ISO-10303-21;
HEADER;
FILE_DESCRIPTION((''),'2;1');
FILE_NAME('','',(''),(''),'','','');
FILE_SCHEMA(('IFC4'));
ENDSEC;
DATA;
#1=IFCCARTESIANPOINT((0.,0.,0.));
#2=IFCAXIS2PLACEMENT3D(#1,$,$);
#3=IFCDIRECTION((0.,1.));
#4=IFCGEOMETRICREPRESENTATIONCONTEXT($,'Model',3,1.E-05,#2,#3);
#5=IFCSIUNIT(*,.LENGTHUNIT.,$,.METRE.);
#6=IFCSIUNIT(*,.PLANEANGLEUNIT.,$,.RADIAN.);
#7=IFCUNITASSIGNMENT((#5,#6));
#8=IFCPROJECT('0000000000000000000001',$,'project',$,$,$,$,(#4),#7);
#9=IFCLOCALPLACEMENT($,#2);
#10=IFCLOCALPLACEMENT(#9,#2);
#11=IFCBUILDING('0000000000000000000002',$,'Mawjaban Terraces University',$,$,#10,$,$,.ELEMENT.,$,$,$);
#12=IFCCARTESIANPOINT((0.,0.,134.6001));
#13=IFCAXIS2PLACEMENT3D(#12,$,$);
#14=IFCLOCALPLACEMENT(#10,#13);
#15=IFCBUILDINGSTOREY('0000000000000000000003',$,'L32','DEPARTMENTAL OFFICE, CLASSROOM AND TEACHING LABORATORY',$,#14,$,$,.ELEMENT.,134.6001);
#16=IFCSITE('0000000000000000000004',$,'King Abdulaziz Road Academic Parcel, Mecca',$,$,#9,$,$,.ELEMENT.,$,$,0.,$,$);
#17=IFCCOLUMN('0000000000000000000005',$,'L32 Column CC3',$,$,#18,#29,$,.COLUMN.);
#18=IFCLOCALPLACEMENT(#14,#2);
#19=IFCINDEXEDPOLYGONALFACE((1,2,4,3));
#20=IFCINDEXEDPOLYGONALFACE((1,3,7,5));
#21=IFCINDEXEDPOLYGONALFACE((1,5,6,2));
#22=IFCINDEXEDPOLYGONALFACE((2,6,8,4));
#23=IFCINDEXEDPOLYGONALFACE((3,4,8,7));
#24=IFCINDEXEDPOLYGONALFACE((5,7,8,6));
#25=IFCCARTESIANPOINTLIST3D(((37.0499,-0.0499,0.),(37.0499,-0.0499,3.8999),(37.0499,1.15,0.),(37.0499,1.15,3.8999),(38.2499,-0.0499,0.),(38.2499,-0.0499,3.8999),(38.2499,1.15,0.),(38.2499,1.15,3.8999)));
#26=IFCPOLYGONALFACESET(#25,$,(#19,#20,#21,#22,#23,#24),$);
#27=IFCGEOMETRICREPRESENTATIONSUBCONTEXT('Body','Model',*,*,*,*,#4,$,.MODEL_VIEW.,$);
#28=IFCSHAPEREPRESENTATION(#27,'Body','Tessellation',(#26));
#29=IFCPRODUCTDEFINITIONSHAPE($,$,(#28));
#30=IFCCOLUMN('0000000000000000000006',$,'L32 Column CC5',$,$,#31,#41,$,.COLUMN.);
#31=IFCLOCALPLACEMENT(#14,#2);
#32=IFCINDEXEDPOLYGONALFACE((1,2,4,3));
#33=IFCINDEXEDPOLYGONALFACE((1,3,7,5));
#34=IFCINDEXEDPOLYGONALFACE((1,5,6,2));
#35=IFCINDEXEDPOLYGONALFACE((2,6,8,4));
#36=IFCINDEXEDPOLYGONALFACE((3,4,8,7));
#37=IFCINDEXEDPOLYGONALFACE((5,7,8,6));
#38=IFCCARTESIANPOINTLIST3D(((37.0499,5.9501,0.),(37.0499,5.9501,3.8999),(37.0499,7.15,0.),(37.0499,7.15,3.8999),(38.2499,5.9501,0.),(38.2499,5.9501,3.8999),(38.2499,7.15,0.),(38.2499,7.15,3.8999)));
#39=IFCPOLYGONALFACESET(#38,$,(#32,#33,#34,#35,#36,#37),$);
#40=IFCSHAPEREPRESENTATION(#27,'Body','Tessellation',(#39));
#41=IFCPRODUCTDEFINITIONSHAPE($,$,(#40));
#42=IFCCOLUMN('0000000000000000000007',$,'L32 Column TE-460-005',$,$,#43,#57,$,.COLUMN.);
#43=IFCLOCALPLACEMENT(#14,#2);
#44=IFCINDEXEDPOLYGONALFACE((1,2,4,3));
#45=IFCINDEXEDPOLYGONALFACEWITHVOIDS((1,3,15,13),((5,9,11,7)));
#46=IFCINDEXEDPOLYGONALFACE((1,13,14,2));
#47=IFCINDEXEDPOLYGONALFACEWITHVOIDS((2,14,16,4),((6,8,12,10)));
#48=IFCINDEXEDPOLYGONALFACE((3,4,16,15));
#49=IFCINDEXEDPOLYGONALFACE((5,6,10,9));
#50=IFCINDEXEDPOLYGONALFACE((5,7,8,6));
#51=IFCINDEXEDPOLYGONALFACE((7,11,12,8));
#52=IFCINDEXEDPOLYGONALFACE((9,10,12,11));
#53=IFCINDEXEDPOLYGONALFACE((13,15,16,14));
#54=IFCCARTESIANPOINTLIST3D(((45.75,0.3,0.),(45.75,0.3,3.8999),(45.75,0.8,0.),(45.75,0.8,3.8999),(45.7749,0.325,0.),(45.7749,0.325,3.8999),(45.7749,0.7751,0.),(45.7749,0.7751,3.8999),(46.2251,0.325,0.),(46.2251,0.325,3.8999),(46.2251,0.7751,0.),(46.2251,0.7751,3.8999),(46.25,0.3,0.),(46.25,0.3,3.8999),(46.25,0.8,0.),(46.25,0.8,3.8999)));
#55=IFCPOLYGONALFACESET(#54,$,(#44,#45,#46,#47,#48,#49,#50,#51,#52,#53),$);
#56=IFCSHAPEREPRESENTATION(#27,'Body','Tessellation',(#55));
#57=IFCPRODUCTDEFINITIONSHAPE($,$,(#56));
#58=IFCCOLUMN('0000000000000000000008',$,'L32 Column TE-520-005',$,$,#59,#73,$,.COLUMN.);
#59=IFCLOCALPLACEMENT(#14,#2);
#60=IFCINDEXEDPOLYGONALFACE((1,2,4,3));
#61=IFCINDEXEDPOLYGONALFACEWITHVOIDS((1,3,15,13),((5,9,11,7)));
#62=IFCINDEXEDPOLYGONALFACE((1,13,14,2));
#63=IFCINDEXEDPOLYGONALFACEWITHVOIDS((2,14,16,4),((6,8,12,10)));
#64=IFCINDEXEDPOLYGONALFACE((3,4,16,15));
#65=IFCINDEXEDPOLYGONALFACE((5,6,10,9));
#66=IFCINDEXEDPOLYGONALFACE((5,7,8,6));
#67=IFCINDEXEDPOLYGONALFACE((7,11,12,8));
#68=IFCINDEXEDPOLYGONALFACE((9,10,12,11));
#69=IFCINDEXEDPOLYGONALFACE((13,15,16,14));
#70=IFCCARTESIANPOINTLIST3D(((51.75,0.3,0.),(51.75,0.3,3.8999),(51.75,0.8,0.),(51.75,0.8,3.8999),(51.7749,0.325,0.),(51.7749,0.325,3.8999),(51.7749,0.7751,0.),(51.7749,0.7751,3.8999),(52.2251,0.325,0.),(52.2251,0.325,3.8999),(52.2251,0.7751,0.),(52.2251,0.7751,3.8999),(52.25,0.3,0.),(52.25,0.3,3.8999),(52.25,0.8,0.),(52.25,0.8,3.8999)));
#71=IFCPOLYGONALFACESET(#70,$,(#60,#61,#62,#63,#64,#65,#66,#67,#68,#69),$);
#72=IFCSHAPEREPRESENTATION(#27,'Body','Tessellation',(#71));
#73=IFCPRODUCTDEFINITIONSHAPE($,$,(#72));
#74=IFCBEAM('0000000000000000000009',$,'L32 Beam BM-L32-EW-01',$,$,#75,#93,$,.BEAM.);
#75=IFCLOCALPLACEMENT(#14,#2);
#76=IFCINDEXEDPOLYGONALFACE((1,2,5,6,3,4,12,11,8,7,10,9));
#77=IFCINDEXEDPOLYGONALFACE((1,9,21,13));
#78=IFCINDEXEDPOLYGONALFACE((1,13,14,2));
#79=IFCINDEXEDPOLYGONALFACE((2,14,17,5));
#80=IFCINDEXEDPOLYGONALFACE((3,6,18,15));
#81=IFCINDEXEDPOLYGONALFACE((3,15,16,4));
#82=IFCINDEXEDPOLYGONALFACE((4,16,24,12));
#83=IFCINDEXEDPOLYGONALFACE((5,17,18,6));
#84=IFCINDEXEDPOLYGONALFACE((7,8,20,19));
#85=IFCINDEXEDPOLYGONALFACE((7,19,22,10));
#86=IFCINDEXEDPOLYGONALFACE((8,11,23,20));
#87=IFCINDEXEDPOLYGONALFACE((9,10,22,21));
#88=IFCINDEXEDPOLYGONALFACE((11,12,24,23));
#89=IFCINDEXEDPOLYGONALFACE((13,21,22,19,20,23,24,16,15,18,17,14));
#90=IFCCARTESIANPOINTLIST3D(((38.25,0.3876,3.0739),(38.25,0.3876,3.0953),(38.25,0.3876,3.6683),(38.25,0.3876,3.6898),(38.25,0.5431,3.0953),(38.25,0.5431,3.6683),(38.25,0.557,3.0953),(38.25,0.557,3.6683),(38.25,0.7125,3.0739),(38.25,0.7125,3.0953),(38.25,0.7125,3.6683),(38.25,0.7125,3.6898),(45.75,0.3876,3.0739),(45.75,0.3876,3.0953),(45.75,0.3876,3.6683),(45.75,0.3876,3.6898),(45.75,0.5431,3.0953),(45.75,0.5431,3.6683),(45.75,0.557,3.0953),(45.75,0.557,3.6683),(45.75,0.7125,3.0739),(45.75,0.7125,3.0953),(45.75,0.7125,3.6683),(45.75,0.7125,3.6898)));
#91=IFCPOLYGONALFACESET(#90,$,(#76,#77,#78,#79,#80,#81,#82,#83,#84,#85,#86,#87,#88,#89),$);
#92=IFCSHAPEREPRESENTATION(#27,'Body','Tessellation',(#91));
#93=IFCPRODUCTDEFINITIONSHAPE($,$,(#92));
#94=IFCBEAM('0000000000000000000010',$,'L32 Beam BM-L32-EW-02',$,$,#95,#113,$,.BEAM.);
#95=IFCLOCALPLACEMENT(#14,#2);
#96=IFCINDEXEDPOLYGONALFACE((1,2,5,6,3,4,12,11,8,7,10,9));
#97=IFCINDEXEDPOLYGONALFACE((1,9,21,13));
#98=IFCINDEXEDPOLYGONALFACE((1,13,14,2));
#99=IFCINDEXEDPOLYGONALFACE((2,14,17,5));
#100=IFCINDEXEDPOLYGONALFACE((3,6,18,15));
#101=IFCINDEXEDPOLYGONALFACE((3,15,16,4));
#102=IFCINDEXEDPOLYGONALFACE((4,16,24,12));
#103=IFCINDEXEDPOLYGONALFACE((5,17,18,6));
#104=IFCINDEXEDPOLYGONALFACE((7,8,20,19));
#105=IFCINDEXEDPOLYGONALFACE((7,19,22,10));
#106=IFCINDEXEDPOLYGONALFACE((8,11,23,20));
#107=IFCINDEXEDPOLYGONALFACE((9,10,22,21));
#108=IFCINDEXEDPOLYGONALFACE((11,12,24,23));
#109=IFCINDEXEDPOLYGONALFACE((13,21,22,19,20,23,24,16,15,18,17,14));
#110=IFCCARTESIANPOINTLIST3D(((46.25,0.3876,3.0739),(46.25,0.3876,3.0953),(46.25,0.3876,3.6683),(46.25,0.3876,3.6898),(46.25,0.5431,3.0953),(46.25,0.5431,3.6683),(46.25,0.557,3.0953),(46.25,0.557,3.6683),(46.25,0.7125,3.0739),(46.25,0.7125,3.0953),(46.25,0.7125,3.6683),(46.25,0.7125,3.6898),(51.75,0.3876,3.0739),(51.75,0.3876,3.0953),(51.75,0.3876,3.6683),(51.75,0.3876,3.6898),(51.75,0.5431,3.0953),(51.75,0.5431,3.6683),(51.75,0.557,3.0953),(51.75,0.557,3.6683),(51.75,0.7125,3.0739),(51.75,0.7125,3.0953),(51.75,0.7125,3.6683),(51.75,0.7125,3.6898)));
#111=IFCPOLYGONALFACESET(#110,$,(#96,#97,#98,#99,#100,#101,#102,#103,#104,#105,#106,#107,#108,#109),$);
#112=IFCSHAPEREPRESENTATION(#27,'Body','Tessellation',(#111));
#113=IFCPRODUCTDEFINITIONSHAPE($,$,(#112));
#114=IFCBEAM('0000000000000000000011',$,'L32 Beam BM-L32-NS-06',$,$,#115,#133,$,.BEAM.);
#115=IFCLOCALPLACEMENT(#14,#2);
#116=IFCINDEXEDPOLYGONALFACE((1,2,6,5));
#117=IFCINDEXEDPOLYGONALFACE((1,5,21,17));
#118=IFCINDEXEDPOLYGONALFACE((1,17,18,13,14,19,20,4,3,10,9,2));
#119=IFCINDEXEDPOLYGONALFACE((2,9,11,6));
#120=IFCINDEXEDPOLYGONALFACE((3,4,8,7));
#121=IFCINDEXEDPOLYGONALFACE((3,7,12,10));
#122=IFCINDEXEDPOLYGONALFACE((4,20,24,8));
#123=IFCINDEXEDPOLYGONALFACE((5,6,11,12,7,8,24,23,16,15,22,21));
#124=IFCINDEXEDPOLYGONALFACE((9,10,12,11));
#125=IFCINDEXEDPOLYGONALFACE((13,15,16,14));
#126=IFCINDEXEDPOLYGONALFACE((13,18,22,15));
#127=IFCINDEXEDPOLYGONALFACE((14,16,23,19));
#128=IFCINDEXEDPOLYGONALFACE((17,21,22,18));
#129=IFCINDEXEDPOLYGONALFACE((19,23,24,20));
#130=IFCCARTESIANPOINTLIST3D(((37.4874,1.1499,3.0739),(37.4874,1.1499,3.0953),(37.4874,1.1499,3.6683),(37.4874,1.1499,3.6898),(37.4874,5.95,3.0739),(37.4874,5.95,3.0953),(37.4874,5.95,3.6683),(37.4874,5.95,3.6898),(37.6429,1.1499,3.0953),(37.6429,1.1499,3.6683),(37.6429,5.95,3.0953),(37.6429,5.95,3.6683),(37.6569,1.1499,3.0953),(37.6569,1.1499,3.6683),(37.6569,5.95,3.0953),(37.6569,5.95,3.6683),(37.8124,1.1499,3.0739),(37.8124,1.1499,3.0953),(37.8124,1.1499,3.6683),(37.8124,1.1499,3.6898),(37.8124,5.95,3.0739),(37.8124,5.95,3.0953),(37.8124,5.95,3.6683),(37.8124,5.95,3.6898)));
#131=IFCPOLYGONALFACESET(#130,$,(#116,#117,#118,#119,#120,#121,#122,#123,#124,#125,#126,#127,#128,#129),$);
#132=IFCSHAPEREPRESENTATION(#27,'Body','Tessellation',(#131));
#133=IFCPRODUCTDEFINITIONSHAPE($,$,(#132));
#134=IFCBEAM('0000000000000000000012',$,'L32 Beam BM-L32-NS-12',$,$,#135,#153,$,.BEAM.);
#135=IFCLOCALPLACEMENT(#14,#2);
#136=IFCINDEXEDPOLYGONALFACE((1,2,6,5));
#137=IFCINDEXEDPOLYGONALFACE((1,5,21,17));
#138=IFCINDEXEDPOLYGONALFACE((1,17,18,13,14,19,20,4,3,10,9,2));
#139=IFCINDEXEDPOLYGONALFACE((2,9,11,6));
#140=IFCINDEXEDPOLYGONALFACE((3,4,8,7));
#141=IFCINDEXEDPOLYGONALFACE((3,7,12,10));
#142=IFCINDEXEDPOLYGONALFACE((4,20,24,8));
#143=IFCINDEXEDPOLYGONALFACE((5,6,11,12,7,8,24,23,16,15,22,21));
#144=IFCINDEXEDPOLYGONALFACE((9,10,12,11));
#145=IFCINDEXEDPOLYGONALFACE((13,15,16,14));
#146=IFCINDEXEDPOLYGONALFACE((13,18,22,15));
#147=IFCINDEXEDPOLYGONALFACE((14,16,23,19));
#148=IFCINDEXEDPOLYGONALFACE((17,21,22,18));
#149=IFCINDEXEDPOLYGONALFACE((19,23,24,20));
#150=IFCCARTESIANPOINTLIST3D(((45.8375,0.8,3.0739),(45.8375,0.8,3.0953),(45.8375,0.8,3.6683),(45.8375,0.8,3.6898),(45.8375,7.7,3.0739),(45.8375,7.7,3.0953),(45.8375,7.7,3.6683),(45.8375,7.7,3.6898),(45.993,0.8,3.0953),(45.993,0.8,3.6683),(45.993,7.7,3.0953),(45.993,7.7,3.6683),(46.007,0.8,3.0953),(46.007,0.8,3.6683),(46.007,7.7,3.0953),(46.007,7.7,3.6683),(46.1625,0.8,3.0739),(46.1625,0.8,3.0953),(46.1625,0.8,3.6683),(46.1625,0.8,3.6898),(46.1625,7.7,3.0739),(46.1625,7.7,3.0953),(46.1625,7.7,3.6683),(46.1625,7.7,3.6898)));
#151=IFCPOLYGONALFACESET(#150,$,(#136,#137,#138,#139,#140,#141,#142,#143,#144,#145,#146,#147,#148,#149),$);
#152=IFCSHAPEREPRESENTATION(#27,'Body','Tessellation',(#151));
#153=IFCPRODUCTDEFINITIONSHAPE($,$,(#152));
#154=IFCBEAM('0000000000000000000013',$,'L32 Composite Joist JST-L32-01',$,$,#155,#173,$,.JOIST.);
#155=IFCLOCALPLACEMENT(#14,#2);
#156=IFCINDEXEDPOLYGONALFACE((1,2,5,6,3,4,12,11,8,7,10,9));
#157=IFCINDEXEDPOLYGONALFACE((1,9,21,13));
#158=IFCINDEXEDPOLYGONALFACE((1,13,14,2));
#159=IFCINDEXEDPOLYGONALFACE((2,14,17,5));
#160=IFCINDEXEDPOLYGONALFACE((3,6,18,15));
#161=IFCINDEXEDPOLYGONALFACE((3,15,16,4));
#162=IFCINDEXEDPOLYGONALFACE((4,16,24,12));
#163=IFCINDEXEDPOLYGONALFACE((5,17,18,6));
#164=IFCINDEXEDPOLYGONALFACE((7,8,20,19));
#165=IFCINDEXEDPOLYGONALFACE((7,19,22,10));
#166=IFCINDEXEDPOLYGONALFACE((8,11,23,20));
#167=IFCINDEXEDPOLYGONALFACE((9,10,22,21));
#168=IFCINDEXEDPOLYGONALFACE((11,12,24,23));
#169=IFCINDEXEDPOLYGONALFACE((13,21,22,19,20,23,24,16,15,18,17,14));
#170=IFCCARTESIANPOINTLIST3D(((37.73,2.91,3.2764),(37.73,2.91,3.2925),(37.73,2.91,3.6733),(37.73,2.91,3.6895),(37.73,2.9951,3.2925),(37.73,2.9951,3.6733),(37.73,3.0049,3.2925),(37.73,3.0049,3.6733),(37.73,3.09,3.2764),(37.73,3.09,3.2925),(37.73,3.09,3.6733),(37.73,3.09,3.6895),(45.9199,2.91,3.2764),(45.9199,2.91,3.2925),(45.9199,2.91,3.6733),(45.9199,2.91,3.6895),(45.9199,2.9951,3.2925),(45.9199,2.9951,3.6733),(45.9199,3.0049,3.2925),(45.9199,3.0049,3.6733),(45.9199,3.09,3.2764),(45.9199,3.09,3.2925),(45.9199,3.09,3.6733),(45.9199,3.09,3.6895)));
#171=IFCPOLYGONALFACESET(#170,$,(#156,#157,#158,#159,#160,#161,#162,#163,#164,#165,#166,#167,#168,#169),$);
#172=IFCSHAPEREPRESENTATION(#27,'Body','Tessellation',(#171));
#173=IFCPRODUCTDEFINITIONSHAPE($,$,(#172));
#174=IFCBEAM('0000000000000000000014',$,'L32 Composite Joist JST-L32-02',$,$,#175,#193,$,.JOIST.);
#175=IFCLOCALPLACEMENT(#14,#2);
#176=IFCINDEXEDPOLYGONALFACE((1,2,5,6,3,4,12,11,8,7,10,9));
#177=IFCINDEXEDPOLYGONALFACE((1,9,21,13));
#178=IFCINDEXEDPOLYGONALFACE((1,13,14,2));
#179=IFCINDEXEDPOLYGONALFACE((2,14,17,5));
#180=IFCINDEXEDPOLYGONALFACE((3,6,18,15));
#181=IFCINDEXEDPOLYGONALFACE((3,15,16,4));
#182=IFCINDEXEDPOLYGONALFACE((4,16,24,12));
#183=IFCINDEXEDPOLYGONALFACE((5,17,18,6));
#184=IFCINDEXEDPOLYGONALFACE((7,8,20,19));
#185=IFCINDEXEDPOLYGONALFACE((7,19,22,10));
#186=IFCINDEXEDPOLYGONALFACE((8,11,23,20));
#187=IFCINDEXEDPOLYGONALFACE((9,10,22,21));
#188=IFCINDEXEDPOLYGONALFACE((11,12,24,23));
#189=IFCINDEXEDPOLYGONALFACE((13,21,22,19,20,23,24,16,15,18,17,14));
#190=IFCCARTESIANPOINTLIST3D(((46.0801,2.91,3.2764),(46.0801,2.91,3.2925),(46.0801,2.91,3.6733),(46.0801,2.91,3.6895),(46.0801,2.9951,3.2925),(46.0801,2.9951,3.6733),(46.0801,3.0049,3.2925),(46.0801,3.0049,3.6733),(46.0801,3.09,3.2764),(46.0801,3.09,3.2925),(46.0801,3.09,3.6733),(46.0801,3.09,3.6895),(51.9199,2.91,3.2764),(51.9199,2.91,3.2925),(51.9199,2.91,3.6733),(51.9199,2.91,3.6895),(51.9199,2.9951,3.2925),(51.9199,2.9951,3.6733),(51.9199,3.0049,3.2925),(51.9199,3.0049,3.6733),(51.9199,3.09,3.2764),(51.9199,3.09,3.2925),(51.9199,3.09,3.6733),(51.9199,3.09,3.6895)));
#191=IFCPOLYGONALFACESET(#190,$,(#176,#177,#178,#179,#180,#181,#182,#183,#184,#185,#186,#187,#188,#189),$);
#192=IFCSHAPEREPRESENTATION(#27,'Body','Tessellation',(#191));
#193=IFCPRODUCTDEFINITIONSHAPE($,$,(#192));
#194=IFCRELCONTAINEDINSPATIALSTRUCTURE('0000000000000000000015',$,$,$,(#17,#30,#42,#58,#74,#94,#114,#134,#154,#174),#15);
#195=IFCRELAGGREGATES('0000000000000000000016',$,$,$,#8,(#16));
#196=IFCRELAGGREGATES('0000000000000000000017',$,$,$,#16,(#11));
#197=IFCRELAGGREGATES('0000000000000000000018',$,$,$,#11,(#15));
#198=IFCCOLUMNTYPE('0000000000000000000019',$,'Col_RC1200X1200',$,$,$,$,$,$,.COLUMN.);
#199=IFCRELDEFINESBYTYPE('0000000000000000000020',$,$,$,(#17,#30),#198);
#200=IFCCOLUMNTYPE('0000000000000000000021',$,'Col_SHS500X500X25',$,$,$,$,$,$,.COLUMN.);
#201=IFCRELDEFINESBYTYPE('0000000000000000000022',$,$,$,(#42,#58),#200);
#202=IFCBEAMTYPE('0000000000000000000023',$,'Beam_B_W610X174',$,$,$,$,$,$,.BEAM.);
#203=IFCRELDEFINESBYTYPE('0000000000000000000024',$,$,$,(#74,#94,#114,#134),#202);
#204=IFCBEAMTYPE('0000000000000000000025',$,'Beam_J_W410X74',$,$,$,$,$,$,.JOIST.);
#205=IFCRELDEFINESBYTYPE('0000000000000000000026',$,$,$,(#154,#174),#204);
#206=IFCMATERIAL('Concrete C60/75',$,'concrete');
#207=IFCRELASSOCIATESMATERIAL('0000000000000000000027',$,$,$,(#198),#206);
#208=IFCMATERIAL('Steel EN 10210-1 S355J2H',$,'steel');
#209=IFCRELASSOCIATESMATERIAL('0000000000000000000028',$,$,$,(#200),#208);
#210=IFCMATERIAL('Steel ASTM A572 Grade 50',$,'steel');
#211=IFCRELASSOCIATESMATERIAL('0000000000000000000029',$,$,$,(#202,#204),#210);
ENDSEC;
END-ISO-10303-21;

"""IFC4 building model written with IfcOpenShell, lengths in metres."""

from ifc_helpers import new_model, si_unit, direction, frame, origin, origin_2d, place, context, subcontext, project, spatial, rectangle, hollow_rectangle, i_section, extrude, material, material_profile, profile_set, type_object, element, save


model = new_model("IFC4")

# Units and contexts
model_context = context("Model", 3, precision=1e-05, world=origin(), true_north=direction((0.0, 1.0)))
body_context = subcontext(model_context, "Body", "Model", "MODEL_VIEW")
ifc_project = project(units=[si_unit("LENGTHUNIT", "METRE"), si_unit("PLANEANGLEUNIT", "RADIAN")], contexts=[model_context])

# Site, building, storey
site_placement = place(None, origin())
site = spatial("IfcSite", under=ifc_project, at=site_placement, Name="King Abdulaziz Road Academic Parcel, Mecca", CompositionType="ELEMENT", RefElevation=0.0)
building_placement = place(site_placement, origin())
building = spatial("IfcBuilding", under=site, at=building_placement, Name="Mawjaban Terraces University", CompositionType="ELEMENT")
storey_placement = place(building_placement, frame((0.0, 0.0, 134.6001)))
storey = spatial("IfcBuildingStorey", under=building, at=storey_placement, Name="L32", Description="DEPARTMENTAL OFFICE, CLASSROOM AND TEACHING LABORATORY", CompositionType="ELEMENT", Elevation=134.6001)

# Columns
ifc_material_1 = material(Name="Concrete C60/75", Category="concrete")
ifc_material_profile_1 = material_profile(ifc_material_1, rectangle(XDim=1.2, YDim=1.2, at=origin_2d()), Name="RC1200X1200")
ifc_profile_set_1 = profile_set([ifc_material_profile_1], Name="Concrete C60/75")
column_type_1 = type_object("IfcColumnType", Name="Col_RC1200X1200", PredefinedType="COLUMN", material=ifc_profile_set_1)
for number, where, z_axis, x_axis, name in (
    (1, (37.6499, 0.55, 0.0), (0.0, 0.0, 1.0), (1.0, 0.0, 0.0), "L32 Column CC3"),
    (2, (37.6499, 6.55, 0.0), (0.0, 0.0, 1.0), (1.0, 0.0, 0.0), "L32 Column CC5"),
):
    element("IfcColumn", number, at=place(storey_placement, frame(where, z_axis=z_axis, x_axis=x_axis)), inside=storey, type_object=column_type_1, Name=name, PredefinedType="COLUMN", context=body_context, shape_type="SweptSolid", body=[
        extrude(rectangle(XDim=1.2, YDim=1.2, at=origin_2d()), origin(), (0.0, 0.0, 1.0), 3.8999),
    ])
ifc_material_2 = material(Name="Steel EN 10210-1 S355J2H", Category="steel")
ifc_material_profile_2 = material_profile(ifc_material_2, hollow_rectangle(XDim=0.5, YDim=0.5, WallThickness=0.0249, at=origin_2d()), Name="SHS500X500X25")
ifc_profile_set_2 = profile_set([ifc_material_profile_2], Name="Steel EN 10210-1 S355J2H")
column_type_2 = type_object("IfcColumnType", Name="Col_SHS500X500X25", PredefinedType="COLUMN", material=ifc_profile_set_2)
for number, where, z_axis, x_axis, name in (
    (3, (46.0, 0.55, 0.0), (0.0, 0.0, 1.0), (1.0, 0.0, 0.0), "L32 Column TE-460-005"),
    (4, (52.0, 0.55, 0.0), (0.0, 0.0, 1.0), (1.0, 0.0, 0.0), "L32 Column TE-520-005"),
):
    element("IfcColumn", number, at=place(storey_placement, frame(where, z_axis=z_axis, x_axis=x_axis)), inside=storey, type_object=column_type_2, Name=name, PredefinedType="COLUMN", context=body_context, shape_type="SweptSolid", body=[
        extrude(hollow_rectangle(XDim=0.5, YDim=0.5, WallThickness=0.0249, at=origin_2d()), origin(), (0.0, 0.0, 1.0), 3.8999),
    ])

# Beams
ifc_material_3 = material(Name="Steel ASTM A572 Grade 50", Category="steel")
ifc_material_profile_3 = material_profile(ifc_material_3, i_section(OverallWidth=0.325, OverallDepth=0.616, WebThickness=0.0139, FlangeThickness=0.0215, at=origin_2d()), Name="W610X174")
ifc_profile_set_3 = profile_set([ifc_material_profile_3], Name="Steel ASTM A572 Grade 50")
beam_type_1 = type_object("IfcBeamType", Name="Beam_B_W610X174", PredefinedType="BEAM", material=ifc_profile_set_3)
beam_1_placement = place(storey_placement, frame((38.25, 0.55, 3.3818), z_axis=(1.0, 0.0, 0.0), x_axis=(0.0, 1.0, 0.0)))
element("IfcBeam", 5, at=beam_1_placement, inside=storey, type_object=beam_type_1, Name="L32 Beam BM-L32-EW-01", PredefinedType="BEAM", context=body_context, shape_type="SweptSolid", body=[
    extrude(i_section(OverallWidth=0.325, OverallDepth=0.616, WebThickness=0.0139, FlangeThickness=0.0215, at=origin_2d()), origin(), (0.0, 0.0, 1.0), 7.5),
])
beam_2_placement = place(storey_placement, frame((46.25, 0.55, 3.3818), z_axis=(1.0, 0.0, 0.0), x_axis=(0.0, 1.0, 0.0)))
element("IfcBeam", 6, at=beam_2_placement, inside=storey, type_object=beam_type_1, Name="L32 Beam BM-L32-EW-02", PredefinedType="BEAM", context=body_context, shape_type="SweptSolid", body=[
    extrude(i_section(OverallWidth=0.325, OverallDepth=0.616, WebThickness=0.0139, FlangeThickness=0.0215, at=origin_2d()), origin(), (0.0, 0.0, 1.0), 5.5),
])
beam_3_placement = place(storey_placement, frame((37.6499, 1.1499, 3.3818), z_axis=(0.0, 1.0, 0.0), x_axis=(-1.0, 0.0, 0.0)))
element("IfcBeam", 7, at=beam_3_placement, inside=storey, type_object=beam_type_1, Name="L32 Beam BM-L32-NS-06", PredefinedType="BEAM", context=body_context, shape_type="SweptSolid", body=[
    extrude(i_section(OverallWidth=0.325, OverallDepth=0.616, WebThickness=0.0139, FlangeThickness=0.0215, at=origin_2d()), origin(), (0.0, 0.0, 1.0), 4.8),
])
beam_4_placement = place(storey_placement, frame((46.0, 0.8, 3.3818), z_axis=(0.0, 1.0, 0.0), x_axis=(-1.0, 0.0, 0.0)))
element("IfcBeam", 8, at=beam_4_placement, inside=storey, type_object=beam_type_1, Name="L32 Beam BM-L32-NS-12", PredefinedType="BEAM", context=body_context, shape_type="SweptSolid", body=[
    extrude(i_section(OverallWidth=0.325, OverallDepth=0.616, WebThickness=0.0139, FlangeThickness=0.0215, at=origin_2d()), origin(), (0.0, 0.0, 1.0), 6.8999),
])
ifc_material_profile_4 = material_profile(ifc_material_3, i_section(OverallWidth=0.1799, OverallDepth=0.4131, WebThickness=0.0098, FlangeThickness=0.0161, at=origin_2d()), Name="W410X74")
ifc_profile_set_4 = profile_set([ifc_material_profile_4], Name="Steel ASTM A572 Grade 50")
beam_type_2 = type_object("IfcBeamType", Name="Beam_J_W410X74", PredefinedType="JOIST", material=ifc_profile_set_4)
beam_5_placement = place(storey_placement, frame((37.73, 3.0, 3.4829), z_axis=(1.0, 0.0, 0.0), x_axis=(0.0, 1.0, 0.0)))
element("IfcBeam", 9, at=beam_5_placement, inside=storey, type_object=beam_type_2, Name="L32 Composite Joist JST-L32-01", PredefinedType="JOIST", context=body_context, shape_type="SweptSolid", body=[
    extrude(i_section(OverallWidth=0.1799, OverallDepth=0.4131, WebThickness=0.0098, FlangeThickness=0.0161, at=origin_2d()), origin(), (0.0, 0.0, 1.0), 8.1899),
])
beam_6_placement = place(storey_placement, frame((46.0801, 3.0, 3.4829), z_axis=(1.0, 0.0, 0.0), x_axis=(0.0, 1.0, 0.0)))
element("IfcBeam", 10, at=beam_6_placement, inside=storey, type_object=beam_type_2, Name="L32 Composite Joist JST-L32-02", PredefinedType="JOIST", context=body_context, shape_type="SweptSolid", body=[
    extrude(i_section(OverallWidth=0.1799, OverallDepth=0.4131, WebThickness=0.0098, FlangeThickness=0.0161, at=origin_2d()), origin(), (0.0, 0.0, 1.0), 5.8398),
])

save(model, "model.ifc")
